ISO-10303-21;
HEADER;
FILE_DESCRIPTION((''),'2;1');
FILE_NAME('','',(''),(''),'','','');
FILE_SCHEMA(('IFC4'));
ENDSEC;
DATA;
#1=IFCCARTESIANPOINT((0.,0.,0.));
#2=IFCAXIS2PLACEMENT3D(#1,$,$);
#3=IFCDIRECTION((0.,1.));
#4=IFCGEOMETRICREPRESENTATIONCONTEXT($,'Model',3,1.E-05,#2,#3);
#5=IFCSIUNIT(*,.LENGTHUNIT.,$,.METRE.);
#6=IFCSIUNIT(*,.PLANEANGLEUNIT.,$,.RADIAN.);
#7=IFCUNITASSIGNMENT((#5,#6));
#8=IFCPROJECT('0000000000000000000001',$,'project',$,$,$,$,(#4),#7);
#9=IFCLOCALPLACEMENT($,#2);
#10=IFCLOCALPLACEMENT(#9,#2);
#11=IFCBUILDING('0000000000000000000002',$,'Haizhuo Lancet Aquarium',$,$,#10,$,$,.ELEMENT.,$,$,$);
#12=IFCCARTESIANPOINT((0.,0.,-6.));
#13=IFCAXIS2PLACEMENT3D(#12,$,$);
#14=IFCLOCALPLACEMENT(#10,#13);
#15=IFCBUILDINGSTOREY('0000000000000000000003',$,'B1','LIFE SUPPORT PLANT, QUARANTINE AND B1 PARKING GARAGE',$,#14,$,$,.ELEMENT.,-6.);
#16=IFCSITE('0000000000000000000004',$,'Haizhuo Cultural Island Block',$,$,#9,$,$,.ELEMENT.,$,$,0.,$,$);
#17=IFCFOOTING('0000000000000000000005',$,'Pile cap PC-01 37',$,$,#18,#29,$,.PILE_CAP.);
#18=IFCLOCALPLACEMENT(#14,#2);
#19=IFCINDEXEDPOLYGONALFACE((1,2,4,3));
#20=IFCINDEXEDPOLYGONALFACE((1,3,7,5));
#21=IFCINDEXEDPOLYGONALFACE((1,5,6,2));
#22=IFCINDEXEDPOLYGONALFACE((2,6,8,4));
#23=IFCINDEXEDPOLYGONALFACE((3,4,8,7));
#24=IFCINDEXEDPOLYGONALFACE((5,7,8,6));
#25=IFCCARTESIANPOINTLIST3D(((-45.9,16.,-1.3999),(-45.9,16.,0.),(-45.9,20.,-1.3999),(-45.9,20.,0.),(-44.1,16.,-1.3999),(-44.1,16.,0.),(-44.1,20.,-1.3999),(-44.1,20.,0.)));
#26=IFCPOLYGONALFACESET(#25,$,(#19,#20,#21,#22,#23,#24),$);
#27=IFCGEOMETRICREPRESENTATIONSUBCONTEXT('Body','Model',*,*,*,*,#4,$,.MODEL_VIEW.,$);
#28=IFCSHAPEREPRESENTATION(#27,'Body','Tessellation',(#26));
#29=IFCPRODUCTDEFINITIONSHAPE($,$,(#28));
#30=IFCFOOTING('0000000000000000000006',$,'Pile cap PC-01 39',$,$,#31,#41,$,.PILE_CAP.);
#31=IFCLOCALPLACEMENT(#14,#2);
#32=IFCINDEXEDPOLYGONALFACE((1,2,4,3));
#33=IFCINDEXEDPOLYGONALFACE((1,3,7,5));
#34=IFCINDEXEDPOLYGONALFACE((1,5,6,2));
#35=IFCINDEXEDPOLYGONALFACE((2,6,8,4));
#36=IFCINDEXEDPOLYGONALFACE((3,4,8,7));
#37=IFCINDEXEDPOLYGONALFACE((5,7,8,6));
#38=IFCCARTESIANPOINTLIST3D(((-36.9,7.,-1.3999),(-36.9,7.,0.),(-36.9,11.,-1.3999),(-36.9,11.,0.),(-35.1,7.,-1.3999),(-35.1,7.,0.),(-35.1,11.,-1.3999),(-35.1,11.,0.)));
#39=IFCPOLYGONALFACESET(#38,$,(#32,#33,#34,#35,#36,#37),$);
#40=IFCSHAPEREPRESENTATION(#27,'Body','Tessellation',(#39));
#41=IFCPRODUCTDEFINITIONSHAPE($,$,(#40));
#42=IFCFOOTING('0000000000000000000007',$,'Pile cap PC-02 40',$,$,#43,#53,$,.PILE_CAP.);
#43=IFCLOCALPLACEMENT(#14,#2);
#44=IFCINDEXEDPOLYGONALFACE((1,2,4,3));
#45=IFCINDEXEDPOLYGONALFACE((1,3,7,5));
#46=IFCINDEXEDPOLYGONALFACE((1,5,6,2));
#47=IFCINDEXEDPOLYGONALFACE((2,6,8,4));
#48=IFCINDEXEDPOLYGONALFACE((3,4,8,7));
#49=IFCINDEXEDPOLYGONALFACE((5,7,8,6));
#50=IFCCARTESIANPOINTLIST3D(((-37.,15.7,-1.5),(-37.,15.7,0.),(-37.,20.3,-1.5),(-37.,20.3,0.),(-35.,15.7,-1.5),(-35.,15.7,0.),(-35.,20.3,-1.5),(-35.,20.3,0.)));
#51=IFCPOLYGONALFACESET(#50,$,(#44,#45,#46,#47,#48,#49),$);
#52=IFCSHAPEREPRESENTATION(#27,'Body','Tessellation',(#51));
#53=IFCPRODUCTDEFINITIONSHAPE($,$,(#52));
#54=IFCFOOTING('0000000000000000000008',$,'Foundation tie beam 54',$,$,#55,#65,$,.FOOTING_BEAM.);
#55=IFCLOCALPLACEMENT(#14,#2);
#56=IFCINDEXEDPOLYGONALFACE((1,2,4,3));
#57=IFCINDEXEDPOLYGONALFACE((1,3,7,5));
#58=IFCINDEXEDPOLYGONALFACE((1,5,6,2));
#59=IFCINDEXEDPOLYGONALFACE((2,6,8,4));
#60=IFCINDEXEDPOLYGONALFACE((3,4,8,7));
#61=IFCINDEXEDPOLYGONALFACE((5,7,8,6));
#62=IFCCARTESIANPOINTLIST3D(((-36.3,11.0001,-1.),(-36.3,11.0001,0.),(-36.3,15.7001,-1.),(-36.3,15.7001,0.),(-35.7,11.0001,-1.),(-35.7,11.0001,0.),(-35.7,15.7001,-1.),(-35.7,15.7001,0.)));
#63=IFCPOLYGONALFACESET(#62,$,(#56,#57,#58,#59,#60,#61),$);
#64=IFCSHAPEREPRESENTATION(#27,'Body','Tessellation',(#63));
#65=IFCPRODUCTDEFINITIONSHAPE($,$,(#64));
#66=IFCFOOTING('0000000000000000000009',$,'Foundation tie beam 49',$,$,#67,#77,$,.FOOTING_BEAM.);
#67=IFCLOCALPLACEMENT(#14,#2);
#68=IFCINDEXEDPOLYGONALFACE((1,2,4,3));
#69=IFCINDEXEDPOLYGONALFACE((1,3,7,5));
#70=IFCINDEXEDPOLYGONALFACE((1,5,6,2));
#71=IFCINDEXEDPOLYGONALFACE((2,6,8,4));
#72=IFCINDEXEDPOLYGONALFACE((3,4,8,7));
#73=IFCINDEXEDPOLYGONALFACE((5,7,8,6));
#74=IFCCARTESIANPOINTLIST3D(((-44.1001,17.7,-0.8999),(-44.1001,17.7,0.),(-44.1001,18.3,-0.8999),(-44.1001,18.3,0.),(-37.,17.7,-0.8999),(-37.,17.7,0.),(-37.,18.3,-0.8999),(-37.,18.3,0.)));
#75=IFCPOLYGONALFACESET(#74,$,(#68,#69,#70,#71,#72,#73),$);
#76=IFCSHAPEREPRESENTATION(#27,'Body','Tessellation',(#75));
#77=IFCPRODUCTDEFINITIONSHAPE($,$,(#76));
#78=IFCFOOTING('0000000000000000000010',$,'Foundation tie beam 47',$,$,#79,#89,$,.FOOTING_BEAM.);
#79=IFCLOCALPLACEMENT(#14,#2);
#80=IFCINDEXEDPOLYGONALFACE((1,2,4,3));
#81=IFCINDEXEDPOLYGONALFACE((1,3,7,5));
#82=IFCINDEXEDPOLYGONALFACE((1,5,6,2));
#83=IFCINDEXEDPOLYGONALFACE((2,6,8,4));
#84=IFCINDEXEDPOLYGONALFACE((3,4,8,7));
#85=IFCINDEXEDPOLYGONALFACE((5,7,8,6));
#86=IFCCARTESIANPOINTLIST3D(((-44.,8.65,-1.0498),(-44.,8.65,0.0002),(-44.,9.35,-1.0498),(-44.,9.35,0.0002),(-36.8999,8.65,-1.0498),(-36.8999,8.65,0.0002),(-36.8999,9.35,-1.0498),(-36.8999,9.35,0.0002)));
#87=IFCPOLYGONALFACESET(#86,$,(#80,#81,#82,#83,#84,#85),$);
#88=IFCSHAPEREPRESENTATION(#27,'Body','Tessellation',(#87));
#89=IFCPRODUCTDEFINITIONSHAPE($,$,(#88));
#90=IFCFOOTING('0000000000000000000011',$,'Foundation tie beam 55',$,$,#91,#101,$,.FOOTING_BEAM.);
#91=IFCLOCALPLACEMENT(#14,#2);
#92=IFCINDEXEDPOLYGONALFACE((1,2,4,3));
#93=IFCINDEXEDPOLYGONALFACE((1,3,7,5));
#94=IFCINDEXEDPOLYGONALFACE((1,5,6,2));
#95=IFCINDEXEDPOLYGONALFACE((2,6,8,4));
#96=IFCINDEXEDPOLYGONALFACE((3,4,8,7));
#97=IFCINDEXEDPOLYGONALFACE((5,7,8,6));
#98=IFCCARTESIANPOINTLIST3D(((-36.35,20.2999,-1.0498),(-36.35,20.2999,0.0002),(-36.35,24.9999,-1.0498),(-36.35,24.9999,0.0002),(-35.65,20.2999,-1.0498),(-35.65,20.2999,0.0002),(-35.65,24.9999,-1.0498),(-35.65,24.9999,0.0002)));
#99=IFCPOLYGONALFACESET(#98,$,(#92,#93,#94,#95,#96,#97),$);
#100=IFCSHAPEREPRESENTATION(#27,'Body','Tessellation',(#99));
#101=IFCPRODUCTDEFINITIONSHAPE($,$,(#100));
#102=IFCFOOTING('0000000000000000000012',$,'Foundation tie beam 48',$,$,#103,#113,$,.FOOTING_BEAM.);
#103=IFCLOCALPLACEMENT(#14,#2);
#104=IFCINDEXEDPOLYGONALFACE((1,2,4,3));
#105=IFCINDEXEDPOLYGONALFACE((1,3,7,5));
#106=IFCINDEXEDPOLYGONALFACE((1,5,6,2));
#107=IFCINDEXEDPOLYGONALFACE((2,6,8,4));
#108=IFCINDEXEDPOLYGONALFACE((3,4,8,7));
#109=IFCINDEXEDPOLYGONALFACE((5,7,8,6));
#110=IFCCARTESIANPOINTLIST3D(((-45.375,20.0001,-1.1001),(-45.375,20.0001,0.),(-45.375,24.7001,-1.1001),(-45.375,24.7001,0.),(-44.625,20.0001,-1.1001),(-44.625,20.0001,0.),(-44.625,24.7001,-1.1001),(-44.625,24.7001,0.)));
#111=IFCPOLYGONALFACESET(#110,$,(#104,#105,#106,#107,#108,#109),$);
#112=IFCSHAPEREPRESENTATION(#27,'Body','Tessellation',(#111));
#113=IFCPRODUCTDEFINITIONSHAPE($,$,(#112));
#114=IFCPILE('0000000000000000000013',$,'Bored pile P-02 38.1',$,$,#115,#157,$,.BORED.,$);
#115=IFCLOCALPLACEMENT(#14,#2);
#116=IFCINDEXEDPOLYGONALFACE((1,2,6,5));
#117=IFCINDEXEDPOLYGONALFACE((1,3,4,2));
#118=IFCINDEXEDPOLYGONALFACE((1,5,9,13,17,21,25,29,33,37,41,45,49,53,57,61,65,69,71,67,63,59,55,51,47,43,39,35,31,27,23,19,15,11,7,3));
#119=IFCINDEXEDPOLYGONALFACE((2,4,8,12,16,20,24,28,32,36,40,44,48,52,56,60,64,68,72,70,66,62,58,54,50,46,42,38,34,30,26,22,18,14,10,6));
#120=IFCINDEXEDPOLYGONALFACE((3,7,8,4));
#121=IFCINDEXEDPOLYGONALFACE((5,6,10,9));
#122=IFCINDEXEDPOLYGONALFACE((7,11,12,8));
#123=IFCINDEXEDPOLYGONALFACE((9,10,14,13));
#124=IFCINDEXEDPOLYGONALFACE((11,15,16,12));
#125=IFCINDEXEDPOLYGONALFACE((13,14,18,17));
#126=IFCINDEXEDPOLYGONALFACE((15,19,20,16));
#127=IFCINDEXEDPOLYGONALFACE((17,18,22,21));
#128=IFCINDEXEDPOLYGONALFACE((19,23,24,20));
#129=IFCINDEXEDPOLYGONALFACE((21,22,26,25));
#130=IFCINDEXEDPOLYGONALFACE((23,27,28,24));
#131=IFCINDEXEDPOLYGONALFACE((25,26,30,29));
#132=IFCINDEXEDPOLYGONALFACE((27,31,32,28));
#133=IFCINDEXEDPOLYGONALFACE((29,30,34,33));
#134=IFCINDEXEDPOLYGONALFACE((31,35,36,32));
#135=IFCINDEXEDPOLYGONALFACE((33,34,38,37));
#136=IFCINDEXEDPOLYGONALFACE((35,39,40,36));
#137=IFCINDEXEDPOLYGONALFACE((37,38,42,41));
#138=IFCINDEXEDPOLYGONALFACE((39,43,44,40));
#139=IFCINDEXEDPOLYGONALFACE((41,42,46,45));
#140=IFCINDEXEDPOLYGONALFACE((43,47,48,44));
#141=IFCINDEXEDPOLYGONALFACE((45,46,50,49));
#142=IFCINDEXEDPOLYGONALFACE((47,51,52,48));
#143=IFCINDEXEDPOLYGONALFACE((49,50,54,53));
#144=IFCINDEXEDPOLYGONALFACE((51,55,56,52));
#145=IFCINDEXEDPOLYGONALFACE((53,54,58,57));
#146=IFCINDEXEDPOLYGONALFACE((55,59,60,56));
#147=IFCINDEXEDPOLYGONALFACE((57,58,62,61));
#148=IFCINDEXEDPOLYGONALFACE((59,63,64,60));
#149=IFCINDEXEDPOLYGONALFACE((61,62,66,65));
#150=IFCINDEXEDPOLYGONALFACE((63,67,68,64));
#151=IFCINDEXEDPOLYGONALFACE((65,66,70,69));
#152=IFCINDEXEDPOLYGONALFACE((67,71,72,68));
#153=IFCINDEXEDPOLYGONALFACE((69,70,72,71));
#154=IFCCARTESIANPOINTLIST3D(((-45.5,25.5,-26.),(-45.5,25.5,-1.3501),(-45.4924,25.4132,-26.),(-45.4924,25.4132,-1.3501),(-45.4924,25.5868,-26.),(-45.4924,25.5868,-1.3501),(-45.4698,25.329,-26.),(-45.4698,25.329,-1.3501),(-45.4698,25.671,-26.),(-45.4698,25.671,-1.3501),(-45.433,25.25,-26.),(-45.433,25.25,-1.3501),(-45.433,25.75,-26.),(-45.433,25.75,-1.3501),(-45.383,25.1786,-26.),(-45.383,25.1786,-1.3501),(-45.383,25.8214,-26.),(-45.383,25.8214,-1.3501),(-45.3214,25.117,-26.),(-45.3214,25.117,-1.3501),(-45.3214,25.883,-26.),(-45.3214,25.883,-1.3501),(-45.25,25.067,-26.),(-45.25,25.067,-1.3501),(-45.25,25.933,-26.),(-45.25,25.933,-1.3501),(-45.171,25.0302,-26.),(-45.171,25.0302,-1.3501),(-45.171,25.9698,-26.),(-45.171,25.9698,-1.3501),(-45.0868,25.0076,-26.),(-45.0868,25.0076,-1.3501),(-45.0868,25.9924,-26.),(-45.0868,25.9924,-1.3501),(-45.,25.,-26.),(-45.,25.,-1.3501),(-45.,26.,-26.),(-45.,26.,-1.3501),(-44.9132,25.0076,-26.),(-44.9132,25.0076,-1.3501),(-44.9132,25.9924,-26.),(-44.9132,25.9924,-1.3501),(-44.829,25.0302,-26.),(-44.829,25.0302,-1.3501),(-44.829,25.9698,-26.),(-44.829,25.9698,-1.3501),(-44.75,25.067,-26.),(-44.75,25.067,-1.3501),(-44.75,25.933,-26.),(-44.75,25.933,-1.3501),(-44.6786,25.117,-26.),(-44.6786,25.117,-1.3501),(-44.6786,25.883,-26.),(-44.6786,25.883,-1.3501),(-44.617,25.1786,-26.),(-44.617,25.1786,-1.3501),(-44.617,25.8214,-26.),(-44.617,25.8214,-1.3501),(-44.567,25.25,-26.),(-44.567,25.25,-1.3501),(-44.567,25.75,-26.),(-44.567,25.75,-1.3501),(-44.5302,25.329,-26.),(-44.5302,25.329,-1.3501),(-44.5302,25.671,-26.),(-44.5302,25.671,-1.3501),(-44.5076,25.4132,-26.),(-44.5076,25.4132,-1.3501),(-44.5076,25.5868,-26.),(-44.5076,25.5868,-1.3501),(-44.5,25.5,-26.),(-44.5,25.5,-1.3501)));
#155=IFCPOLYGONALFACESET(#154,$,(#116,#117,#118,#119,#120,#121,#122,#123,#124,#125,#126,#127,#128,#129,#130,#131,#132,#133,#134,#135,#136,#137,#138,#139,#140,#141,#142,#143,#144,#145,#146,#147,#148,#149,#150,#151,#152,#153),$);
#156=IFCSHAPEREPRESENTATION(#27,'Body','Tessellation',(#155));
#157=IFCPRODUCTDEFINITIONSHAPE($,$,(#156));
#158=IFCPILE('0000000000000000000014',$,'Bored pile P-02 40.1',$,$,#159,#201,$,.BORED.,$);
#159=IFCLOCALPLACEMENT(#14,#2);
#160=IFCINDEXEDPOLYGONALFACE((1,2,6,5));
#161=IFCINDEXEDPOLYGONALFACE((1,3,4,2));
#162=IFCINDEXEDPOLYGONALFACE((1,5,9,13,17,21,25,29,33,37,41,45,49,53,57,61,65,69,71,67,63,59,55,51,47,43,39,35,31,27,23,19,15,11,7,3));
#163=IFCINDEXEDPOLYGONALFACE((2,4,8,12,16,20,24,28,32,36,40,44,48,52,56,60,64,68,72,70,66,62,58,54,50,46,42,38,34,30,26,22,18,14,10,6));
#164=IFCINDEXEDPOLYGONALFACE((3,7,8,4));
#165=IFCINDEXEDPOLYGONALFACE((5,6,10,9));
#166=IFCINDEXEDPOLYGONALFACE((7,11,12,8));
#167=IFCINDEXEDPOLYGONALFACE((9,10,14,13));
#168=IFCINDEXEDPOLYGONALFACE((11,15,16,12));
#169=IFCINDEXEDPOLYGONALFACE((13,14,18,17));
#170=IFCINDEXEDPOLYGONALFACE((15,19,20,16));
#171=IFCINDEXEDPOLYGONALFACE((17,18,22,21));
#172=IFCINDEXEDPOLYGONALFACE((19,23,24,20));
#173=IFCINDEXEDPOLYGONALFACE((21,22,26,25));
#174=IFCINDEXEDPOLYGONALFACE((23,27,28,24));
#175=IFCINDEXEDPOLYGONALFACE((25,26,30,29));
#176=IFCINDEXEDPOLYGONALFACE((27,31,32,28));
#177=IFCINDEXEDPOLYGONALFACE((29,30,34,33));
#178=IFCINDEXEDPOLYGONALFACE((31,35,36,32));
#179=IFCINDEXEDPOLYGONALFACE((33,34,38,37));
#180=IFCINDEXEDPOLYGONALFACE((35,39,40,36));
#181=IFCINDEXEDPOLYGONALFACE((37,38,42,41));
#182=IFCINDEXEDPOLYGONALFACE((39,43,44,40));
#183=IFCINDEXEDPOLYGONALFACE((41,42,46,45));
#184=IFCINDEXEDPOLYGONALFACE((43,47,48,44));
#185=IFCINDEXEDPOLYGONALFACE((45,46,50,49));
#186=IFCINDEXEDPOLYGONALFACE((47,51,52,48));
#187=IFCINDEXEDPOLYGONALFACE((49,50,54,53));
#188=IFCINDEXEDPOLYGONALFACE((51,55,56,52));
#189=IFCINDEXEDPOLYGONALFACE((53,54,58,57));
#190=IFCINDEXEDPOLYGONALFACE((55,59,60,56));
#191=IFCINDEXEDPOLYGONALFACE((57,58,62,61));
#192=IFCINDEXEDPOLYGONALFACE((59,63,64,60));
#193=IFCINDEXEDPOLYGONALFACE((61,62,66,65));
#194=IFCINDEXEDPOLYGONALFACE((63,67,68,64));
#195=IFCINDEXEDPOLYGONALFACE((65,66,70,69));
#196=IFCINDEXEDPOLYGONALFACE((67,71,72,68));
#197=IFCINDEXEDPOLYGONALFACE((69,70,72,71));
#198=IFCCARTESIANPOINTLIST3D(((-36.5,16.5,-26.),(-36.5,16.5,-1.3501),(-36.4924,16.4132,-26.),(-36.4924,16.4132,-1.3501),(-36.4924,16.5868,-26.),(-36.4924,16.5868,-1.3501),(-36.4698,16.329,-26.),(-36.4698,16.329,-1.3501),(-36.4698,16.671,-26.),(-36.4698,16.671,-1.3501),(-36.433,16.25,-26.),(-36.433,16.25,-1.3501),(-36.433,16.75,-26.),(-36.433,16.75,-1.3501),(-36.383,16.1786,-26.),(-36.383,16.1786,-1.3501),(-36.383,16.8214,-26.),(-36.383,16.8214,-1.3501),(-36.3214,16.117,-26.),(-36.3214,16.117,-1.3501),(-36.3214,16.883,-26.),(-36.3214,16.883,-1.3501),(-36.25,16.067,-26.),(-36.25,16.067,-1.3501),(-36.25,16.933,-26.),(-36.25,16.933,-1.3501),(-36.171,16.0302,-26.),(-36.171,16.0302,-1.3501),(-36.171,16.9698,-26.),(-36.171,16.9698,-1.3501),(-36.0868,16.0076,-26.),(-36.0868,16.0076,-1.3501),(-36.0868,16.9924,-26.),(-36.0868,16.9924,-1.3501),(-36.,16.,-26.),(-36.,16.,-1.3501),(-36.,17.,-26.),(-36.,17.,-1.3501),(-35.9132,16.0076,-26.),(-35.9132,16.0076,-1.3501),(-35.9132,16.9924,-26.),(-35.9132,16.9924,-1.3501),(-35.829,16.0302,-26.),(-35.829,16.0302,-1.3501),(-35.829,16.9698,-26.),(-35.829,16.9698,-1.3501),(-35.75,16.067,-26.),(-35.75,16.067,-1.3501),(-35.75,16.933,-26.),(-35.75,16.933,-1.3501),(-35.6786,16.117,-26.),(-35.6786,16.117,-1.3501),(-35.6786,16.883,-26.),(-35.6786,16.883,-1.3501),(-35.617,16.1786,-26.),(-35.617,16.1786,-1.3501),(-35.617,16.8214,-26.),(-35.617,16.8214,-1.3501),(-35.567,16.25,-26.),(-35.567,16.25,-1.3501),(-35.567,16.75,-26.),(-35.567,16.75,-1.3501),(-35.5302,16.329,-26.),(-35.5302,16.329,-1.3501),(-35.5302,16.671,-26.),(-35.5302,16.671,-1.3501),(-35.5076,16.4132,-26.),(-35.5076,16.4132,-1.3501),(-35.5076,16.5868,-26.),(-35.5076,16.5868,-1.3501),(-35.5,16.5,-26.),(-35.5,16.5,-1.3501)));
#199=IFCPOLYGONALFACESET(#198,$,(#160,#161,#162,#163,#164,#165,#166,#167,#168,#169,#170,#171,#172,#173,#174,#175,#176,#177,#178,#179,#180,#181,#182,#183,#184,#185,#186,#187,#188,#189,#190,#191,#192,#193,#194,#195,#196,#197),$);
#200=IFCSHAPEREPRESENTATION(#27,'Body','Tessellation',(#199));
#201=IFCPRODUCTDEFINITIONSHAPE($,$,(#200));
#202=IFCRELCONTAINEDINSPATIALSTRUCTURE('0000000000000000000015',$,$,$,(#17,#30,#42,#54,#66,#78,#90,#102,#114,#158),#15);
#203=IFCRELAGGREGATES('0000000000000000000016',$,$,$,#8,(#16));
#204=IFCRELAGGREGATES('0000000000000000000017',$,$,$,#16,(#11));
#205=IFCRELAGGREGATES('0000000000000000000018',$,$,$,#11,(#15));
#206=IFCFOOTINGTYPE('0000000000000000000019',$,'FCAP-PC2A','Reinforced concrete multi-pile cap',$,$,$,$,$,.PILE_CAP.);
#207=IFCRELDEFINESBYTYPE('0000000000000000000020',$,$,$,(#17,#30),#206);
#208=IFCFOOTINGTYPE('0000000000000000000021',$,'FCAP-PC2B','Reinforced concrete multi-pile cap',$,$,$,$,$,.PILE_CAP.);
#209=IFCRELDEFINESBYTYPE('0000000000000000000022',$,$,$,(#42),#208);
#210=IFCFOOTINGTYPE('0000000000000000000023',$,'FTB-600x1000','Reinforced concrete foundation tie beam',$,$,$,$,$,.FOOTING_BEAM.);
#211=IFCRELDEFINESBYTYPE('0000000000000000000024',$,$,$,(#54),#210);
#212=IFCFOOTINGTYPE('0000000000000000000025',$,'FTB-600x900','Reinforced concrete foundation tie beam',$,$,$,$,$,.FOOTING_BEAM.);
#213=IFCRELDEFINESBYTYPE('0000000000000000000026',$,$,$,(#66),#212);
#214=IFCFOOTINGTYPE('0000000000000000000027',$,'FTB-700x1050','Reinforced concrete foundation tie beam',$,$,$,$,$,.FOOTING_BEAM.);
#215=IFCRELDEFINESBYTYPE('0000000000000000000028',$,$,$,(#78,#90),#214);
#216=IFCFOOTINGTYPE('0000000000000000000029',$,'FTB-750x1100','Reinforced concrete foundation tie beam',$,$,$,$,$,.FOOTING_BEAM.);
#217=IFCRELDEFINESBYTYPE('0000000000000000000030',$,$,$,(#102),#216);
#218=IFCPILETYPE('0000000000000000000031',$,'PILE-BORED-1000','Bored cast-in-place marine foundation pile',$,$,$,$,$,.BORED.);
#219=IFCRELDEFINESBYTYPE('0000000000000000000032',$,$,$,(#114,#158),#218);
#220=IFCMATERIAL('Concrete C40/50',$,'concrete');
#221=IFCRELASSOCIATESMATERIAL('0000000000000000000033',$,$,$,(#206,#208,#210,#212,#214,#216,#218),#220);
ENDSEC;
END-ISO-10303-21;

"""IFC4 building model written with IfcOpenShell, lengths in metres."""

from ifc_helpers import new_model, si_unit, direction, frame, origin, origin_2d, place, context, subcontext, project, spatial, rectangle, circle, extrude, material, material_profile, profile_set, type_object, element, save


model = new_model("IFC4")

# Units and contexts
model_context = context("Model", 3, precision=1e-05, world=origin(), true_north=direction((0.0, 1.0)))
body_context = subcontext(model_context, "Body", "Model", "MODEL_VIEW")
ifc_project = project(units=[si_unit("LENGTHUNIT", "METRE"), si_unit("PLANEANGLEUNIT", "RADIAN")], contexts=[model_context])

# Site, building, storey
site_placement = place(None, origin())
site = spatial("IfcSite", under=ifc_project, at=site_placement, Name="Haizhuo Cultural Island Block", CompositionType="ELEMENT", RefElevation=0.0)
building_placement = place(site_placement, origin())
building = spatial("IfcBuilding", under=site, at=building_placement, Name="Haizhuo Lancet Aquarium", CompositionType="ELEMENT")
storey_placement = place(building_placement, frame((0.0, 0.0, -6.0)))
storey = spatial("IfcBuildingStorey", under=building, at=storey_placement, Name="B1", Description="LIFE SUPPORT PLANT, QUARANTINE AND B1 PARKING GARAGE", CompositionType="ELEMENT", Elevation=-6.0)

# Footings
ifc_material_1 = material(Name="Concrete C40/50", Category="concrete")
footing_type_1 = type_object("IfcFootingType", Name="FCAP-PC2A", Description="Reinforced concrete multi-pile cap", PredefinedType="PILE_CAP", material=ifc_material_1)
for number, where, z_axis, x_axis, name in (
    (1, (-45.0, 18.0, -1.3999), (0.0, 0.0, 1.0), (1.0, 0.0, 0.0), "Pile cap PC-01 37"),
    (2, (-36.0, 9.0, -1.3999), (0.0, 0.0, 1.0), (1.0, 0.0, 0.0), "Pile cap PC-01 39"),
):
    element("IfcFooting", number, at=place(storey_placement, frame(where, z_axis=z_axis, x_axis=x_axis)), inside=storey, type_object=footing_type_1, Name=name, PredefinedType="PILE_CAP", context=body_context, shape_type="SweptSolid", body=[
        extrude(rectangle(XDim=1.8, YDim=4.0, at=origin_2d()), origin(), (0.0, 0.0, 1.0), 1.3999),
    ])
footing_type_2 = type_object("IfcFootingType", Name="FCAP-PC2B", Description="Reinforced concrete multi-pile cap", PredefinedType="PILE_CAP", material=ifc_material_1)
footing_1_placement = place(storey_placement, frame((-36.0, 18.0, -1.5), z_axis=(0.0, 0.0, 1.0), x_axis=(1.0, 0.0, 0.0)))
element("IfcFooting", 3, at=footing_1_placement, inside=storey, type_object=footing_type_2, Name="Pile cap PC-02 40", PredefinedType="PILE_CAP", context=body_context, shape_type="SweptSolid", body=[
    extrude(rectangle(XDim=2.0, YDim=4.6001, at=origin_2d()), origin(), (0.0, 0.0, 1.0), 1.5),
])
footing_type_3 = type_object("IfcFootingType", Name="FTB-600x1000", Description="Reinforced concrete foundation tie beam", PredefinedType="FOOTING_BEAM", material=ifc_material_1)
footing_2_placement = place(storey_placement, frame((-36.0, 13.3501, -1.0), z_axis=(0.0, 0.0, 1.0), x_axis=(0.0, 1.0, 0.0)))
element("IfcFooting", 4, at=footing_2_placement, inside=storey, type_object=footing_type_3, Name="Foundation tie beam 54", PredefinedType="FOOTING_BEAM", context=body_context, shape_type="SweptSolid", body=[
    extrude(rectangle(XDim=4.7, YDim=0.6001, at=origin_2d()), origin(), (0.0, 0.0, 1.0), 1.0),
])
footing_type_4 = type_object("IfcFootingType", Name="FTB-600x900", Description="Reinforced concrete foundation tie beam", PredefinedType="FOOTING_BEAM", material=ifc_material_1)
footing_3_placement = place(storey_placement, frame((-40.55, 18.0, -0.8999), z_axis=(0.0, 0.0, 1.0), x_axis=(1.0, 0.0, 0.0)))
element("IfcFooting", 5, at=footing_3_placement, inside=storey, type_object=footing_type_4, Name="Foundation tie beam 49", PredefinedType="FOOTING_BEAM", context=body_context, shape_type="SweptSolid", body=[
    extrude(rectangle(XDim=7.1001, YDim=0.6001, at=origin_2d()), origin(), (0.0, 0.0, 1.0), 0.8999),
])
footing_type_5 = type_object("IfcFootingType", Name="FTB-700x1050", Description="Reinforced concrete foundation tie beam", PredefinedType="FOOTING_BEAM", material=ifc_material_1)
footing_4_placement = place(storey_placement, frame((-40.45, 9.0, -1.0498), z_axis=(0.0, 0.0, 1.0), x_axis=(1.0, 0.0, 0.0)))
element("IfcFooting", 6, at=footing_4_placement, inside=storey, type_object=footing_type_5, Name="Foundation tie beam 47", PredefinedType="FOOTING_BEAM", context=body_context, shape_type="SweptSolid", body=[
    extrude(rectangle(XDim=7.1001, YDim=0.7, at=origin_2d()), origin(), (0.0, 0.0, 1.0), 1.05),
])
footing_5_placement = place(storey_placement, frame((-36.0, 22.6499, -1.0498), z_axis=(0.0, 0.0, 1.0), x_axis=(0.0, 1.0, 0.0)))
element("IfcFooting", 7, at=footing_5_placement, inside=storey, type_object=footing_type_5, Name="Foundation tie beam 55", PredefinedType="FOOTING_BEAM", context=body_context, shape_type="SweptSolid", body=[
    extrude(rectangle(XDim=4.7, YDim=0.7, at=origin_2d()), origin(), (0.0, 0.0, 1.0), 1.05),
])
footing_type_6 = type_object("IfcFootingType", Name="FTB-750x1100", Description="Reinforced concrete foundation tie beam", PredefinedType="FOOTING_BEAM", material=ifc_material_1)
footing_6_placement = place(storey_placement, frame((-45.0, 22.3501, -1.1001), z_axis=(0.0, 0.0, 1.0), x_axis=(0.0, 1.0, 0.0)))
element("IfcFooting", 8, at=footing_6_placement, inside=storey, type_object=footing_type_6, Name="Foundation tie beam 48", PredefinedType="FOOTING_BEAM", context=body_context, shape_type="SweptSolid", body=[
    extrude(rectangle(XDim=4.7, YDim=0.75, at=origin_2d()), origin(), (0.0, 0.0, 1.0), 1.1001),
])

# Piles
ifc_material_profile_1 = material_profile(ifc_material_1, circle(Radius=0.5, at=origin_2d()), Name="PILE-1000")
ifc_profile_set_1 = profile_set([ifc_material_profile_1], Name="Concrete C40/50")
pile_type_1 = type_object("IfcPileType", Name="PILE-BORED-1000", Description="Bored cast-in-place marine foundation pile", PredefinedType="BORED", material=ifc_profile_set_1)
for number, where, z_axis, x_axis, name in (
    (9, (-45.0, 25.5, -1.3501), (0.0, 0.0, -1.0), (1.0, 0.0, 0.0), "Bored pile P-02 38.1"),
    (10, (-36.0, 16.5, -1.3501), (0.0, 0.0, -1.0), (1.0, 0.0, 0.0), "Bored pile P-02 40.1"),
):
    element("IfcPile", number, at=place(storey_placement, frame(where, z_axis=z_axis, x_axis=x_axis)), inside=storey, type_object=pile_type_1, Name=name, PredefinedType="BORED", context=body_context, shape_type="SweptSolid", body=[
        extrude(circle(Radius=0.5, at=origin_2d()), origin(), (0.0, 0.0, 1.0), 24.6499),
    ])

save(model, "model.ifc")
